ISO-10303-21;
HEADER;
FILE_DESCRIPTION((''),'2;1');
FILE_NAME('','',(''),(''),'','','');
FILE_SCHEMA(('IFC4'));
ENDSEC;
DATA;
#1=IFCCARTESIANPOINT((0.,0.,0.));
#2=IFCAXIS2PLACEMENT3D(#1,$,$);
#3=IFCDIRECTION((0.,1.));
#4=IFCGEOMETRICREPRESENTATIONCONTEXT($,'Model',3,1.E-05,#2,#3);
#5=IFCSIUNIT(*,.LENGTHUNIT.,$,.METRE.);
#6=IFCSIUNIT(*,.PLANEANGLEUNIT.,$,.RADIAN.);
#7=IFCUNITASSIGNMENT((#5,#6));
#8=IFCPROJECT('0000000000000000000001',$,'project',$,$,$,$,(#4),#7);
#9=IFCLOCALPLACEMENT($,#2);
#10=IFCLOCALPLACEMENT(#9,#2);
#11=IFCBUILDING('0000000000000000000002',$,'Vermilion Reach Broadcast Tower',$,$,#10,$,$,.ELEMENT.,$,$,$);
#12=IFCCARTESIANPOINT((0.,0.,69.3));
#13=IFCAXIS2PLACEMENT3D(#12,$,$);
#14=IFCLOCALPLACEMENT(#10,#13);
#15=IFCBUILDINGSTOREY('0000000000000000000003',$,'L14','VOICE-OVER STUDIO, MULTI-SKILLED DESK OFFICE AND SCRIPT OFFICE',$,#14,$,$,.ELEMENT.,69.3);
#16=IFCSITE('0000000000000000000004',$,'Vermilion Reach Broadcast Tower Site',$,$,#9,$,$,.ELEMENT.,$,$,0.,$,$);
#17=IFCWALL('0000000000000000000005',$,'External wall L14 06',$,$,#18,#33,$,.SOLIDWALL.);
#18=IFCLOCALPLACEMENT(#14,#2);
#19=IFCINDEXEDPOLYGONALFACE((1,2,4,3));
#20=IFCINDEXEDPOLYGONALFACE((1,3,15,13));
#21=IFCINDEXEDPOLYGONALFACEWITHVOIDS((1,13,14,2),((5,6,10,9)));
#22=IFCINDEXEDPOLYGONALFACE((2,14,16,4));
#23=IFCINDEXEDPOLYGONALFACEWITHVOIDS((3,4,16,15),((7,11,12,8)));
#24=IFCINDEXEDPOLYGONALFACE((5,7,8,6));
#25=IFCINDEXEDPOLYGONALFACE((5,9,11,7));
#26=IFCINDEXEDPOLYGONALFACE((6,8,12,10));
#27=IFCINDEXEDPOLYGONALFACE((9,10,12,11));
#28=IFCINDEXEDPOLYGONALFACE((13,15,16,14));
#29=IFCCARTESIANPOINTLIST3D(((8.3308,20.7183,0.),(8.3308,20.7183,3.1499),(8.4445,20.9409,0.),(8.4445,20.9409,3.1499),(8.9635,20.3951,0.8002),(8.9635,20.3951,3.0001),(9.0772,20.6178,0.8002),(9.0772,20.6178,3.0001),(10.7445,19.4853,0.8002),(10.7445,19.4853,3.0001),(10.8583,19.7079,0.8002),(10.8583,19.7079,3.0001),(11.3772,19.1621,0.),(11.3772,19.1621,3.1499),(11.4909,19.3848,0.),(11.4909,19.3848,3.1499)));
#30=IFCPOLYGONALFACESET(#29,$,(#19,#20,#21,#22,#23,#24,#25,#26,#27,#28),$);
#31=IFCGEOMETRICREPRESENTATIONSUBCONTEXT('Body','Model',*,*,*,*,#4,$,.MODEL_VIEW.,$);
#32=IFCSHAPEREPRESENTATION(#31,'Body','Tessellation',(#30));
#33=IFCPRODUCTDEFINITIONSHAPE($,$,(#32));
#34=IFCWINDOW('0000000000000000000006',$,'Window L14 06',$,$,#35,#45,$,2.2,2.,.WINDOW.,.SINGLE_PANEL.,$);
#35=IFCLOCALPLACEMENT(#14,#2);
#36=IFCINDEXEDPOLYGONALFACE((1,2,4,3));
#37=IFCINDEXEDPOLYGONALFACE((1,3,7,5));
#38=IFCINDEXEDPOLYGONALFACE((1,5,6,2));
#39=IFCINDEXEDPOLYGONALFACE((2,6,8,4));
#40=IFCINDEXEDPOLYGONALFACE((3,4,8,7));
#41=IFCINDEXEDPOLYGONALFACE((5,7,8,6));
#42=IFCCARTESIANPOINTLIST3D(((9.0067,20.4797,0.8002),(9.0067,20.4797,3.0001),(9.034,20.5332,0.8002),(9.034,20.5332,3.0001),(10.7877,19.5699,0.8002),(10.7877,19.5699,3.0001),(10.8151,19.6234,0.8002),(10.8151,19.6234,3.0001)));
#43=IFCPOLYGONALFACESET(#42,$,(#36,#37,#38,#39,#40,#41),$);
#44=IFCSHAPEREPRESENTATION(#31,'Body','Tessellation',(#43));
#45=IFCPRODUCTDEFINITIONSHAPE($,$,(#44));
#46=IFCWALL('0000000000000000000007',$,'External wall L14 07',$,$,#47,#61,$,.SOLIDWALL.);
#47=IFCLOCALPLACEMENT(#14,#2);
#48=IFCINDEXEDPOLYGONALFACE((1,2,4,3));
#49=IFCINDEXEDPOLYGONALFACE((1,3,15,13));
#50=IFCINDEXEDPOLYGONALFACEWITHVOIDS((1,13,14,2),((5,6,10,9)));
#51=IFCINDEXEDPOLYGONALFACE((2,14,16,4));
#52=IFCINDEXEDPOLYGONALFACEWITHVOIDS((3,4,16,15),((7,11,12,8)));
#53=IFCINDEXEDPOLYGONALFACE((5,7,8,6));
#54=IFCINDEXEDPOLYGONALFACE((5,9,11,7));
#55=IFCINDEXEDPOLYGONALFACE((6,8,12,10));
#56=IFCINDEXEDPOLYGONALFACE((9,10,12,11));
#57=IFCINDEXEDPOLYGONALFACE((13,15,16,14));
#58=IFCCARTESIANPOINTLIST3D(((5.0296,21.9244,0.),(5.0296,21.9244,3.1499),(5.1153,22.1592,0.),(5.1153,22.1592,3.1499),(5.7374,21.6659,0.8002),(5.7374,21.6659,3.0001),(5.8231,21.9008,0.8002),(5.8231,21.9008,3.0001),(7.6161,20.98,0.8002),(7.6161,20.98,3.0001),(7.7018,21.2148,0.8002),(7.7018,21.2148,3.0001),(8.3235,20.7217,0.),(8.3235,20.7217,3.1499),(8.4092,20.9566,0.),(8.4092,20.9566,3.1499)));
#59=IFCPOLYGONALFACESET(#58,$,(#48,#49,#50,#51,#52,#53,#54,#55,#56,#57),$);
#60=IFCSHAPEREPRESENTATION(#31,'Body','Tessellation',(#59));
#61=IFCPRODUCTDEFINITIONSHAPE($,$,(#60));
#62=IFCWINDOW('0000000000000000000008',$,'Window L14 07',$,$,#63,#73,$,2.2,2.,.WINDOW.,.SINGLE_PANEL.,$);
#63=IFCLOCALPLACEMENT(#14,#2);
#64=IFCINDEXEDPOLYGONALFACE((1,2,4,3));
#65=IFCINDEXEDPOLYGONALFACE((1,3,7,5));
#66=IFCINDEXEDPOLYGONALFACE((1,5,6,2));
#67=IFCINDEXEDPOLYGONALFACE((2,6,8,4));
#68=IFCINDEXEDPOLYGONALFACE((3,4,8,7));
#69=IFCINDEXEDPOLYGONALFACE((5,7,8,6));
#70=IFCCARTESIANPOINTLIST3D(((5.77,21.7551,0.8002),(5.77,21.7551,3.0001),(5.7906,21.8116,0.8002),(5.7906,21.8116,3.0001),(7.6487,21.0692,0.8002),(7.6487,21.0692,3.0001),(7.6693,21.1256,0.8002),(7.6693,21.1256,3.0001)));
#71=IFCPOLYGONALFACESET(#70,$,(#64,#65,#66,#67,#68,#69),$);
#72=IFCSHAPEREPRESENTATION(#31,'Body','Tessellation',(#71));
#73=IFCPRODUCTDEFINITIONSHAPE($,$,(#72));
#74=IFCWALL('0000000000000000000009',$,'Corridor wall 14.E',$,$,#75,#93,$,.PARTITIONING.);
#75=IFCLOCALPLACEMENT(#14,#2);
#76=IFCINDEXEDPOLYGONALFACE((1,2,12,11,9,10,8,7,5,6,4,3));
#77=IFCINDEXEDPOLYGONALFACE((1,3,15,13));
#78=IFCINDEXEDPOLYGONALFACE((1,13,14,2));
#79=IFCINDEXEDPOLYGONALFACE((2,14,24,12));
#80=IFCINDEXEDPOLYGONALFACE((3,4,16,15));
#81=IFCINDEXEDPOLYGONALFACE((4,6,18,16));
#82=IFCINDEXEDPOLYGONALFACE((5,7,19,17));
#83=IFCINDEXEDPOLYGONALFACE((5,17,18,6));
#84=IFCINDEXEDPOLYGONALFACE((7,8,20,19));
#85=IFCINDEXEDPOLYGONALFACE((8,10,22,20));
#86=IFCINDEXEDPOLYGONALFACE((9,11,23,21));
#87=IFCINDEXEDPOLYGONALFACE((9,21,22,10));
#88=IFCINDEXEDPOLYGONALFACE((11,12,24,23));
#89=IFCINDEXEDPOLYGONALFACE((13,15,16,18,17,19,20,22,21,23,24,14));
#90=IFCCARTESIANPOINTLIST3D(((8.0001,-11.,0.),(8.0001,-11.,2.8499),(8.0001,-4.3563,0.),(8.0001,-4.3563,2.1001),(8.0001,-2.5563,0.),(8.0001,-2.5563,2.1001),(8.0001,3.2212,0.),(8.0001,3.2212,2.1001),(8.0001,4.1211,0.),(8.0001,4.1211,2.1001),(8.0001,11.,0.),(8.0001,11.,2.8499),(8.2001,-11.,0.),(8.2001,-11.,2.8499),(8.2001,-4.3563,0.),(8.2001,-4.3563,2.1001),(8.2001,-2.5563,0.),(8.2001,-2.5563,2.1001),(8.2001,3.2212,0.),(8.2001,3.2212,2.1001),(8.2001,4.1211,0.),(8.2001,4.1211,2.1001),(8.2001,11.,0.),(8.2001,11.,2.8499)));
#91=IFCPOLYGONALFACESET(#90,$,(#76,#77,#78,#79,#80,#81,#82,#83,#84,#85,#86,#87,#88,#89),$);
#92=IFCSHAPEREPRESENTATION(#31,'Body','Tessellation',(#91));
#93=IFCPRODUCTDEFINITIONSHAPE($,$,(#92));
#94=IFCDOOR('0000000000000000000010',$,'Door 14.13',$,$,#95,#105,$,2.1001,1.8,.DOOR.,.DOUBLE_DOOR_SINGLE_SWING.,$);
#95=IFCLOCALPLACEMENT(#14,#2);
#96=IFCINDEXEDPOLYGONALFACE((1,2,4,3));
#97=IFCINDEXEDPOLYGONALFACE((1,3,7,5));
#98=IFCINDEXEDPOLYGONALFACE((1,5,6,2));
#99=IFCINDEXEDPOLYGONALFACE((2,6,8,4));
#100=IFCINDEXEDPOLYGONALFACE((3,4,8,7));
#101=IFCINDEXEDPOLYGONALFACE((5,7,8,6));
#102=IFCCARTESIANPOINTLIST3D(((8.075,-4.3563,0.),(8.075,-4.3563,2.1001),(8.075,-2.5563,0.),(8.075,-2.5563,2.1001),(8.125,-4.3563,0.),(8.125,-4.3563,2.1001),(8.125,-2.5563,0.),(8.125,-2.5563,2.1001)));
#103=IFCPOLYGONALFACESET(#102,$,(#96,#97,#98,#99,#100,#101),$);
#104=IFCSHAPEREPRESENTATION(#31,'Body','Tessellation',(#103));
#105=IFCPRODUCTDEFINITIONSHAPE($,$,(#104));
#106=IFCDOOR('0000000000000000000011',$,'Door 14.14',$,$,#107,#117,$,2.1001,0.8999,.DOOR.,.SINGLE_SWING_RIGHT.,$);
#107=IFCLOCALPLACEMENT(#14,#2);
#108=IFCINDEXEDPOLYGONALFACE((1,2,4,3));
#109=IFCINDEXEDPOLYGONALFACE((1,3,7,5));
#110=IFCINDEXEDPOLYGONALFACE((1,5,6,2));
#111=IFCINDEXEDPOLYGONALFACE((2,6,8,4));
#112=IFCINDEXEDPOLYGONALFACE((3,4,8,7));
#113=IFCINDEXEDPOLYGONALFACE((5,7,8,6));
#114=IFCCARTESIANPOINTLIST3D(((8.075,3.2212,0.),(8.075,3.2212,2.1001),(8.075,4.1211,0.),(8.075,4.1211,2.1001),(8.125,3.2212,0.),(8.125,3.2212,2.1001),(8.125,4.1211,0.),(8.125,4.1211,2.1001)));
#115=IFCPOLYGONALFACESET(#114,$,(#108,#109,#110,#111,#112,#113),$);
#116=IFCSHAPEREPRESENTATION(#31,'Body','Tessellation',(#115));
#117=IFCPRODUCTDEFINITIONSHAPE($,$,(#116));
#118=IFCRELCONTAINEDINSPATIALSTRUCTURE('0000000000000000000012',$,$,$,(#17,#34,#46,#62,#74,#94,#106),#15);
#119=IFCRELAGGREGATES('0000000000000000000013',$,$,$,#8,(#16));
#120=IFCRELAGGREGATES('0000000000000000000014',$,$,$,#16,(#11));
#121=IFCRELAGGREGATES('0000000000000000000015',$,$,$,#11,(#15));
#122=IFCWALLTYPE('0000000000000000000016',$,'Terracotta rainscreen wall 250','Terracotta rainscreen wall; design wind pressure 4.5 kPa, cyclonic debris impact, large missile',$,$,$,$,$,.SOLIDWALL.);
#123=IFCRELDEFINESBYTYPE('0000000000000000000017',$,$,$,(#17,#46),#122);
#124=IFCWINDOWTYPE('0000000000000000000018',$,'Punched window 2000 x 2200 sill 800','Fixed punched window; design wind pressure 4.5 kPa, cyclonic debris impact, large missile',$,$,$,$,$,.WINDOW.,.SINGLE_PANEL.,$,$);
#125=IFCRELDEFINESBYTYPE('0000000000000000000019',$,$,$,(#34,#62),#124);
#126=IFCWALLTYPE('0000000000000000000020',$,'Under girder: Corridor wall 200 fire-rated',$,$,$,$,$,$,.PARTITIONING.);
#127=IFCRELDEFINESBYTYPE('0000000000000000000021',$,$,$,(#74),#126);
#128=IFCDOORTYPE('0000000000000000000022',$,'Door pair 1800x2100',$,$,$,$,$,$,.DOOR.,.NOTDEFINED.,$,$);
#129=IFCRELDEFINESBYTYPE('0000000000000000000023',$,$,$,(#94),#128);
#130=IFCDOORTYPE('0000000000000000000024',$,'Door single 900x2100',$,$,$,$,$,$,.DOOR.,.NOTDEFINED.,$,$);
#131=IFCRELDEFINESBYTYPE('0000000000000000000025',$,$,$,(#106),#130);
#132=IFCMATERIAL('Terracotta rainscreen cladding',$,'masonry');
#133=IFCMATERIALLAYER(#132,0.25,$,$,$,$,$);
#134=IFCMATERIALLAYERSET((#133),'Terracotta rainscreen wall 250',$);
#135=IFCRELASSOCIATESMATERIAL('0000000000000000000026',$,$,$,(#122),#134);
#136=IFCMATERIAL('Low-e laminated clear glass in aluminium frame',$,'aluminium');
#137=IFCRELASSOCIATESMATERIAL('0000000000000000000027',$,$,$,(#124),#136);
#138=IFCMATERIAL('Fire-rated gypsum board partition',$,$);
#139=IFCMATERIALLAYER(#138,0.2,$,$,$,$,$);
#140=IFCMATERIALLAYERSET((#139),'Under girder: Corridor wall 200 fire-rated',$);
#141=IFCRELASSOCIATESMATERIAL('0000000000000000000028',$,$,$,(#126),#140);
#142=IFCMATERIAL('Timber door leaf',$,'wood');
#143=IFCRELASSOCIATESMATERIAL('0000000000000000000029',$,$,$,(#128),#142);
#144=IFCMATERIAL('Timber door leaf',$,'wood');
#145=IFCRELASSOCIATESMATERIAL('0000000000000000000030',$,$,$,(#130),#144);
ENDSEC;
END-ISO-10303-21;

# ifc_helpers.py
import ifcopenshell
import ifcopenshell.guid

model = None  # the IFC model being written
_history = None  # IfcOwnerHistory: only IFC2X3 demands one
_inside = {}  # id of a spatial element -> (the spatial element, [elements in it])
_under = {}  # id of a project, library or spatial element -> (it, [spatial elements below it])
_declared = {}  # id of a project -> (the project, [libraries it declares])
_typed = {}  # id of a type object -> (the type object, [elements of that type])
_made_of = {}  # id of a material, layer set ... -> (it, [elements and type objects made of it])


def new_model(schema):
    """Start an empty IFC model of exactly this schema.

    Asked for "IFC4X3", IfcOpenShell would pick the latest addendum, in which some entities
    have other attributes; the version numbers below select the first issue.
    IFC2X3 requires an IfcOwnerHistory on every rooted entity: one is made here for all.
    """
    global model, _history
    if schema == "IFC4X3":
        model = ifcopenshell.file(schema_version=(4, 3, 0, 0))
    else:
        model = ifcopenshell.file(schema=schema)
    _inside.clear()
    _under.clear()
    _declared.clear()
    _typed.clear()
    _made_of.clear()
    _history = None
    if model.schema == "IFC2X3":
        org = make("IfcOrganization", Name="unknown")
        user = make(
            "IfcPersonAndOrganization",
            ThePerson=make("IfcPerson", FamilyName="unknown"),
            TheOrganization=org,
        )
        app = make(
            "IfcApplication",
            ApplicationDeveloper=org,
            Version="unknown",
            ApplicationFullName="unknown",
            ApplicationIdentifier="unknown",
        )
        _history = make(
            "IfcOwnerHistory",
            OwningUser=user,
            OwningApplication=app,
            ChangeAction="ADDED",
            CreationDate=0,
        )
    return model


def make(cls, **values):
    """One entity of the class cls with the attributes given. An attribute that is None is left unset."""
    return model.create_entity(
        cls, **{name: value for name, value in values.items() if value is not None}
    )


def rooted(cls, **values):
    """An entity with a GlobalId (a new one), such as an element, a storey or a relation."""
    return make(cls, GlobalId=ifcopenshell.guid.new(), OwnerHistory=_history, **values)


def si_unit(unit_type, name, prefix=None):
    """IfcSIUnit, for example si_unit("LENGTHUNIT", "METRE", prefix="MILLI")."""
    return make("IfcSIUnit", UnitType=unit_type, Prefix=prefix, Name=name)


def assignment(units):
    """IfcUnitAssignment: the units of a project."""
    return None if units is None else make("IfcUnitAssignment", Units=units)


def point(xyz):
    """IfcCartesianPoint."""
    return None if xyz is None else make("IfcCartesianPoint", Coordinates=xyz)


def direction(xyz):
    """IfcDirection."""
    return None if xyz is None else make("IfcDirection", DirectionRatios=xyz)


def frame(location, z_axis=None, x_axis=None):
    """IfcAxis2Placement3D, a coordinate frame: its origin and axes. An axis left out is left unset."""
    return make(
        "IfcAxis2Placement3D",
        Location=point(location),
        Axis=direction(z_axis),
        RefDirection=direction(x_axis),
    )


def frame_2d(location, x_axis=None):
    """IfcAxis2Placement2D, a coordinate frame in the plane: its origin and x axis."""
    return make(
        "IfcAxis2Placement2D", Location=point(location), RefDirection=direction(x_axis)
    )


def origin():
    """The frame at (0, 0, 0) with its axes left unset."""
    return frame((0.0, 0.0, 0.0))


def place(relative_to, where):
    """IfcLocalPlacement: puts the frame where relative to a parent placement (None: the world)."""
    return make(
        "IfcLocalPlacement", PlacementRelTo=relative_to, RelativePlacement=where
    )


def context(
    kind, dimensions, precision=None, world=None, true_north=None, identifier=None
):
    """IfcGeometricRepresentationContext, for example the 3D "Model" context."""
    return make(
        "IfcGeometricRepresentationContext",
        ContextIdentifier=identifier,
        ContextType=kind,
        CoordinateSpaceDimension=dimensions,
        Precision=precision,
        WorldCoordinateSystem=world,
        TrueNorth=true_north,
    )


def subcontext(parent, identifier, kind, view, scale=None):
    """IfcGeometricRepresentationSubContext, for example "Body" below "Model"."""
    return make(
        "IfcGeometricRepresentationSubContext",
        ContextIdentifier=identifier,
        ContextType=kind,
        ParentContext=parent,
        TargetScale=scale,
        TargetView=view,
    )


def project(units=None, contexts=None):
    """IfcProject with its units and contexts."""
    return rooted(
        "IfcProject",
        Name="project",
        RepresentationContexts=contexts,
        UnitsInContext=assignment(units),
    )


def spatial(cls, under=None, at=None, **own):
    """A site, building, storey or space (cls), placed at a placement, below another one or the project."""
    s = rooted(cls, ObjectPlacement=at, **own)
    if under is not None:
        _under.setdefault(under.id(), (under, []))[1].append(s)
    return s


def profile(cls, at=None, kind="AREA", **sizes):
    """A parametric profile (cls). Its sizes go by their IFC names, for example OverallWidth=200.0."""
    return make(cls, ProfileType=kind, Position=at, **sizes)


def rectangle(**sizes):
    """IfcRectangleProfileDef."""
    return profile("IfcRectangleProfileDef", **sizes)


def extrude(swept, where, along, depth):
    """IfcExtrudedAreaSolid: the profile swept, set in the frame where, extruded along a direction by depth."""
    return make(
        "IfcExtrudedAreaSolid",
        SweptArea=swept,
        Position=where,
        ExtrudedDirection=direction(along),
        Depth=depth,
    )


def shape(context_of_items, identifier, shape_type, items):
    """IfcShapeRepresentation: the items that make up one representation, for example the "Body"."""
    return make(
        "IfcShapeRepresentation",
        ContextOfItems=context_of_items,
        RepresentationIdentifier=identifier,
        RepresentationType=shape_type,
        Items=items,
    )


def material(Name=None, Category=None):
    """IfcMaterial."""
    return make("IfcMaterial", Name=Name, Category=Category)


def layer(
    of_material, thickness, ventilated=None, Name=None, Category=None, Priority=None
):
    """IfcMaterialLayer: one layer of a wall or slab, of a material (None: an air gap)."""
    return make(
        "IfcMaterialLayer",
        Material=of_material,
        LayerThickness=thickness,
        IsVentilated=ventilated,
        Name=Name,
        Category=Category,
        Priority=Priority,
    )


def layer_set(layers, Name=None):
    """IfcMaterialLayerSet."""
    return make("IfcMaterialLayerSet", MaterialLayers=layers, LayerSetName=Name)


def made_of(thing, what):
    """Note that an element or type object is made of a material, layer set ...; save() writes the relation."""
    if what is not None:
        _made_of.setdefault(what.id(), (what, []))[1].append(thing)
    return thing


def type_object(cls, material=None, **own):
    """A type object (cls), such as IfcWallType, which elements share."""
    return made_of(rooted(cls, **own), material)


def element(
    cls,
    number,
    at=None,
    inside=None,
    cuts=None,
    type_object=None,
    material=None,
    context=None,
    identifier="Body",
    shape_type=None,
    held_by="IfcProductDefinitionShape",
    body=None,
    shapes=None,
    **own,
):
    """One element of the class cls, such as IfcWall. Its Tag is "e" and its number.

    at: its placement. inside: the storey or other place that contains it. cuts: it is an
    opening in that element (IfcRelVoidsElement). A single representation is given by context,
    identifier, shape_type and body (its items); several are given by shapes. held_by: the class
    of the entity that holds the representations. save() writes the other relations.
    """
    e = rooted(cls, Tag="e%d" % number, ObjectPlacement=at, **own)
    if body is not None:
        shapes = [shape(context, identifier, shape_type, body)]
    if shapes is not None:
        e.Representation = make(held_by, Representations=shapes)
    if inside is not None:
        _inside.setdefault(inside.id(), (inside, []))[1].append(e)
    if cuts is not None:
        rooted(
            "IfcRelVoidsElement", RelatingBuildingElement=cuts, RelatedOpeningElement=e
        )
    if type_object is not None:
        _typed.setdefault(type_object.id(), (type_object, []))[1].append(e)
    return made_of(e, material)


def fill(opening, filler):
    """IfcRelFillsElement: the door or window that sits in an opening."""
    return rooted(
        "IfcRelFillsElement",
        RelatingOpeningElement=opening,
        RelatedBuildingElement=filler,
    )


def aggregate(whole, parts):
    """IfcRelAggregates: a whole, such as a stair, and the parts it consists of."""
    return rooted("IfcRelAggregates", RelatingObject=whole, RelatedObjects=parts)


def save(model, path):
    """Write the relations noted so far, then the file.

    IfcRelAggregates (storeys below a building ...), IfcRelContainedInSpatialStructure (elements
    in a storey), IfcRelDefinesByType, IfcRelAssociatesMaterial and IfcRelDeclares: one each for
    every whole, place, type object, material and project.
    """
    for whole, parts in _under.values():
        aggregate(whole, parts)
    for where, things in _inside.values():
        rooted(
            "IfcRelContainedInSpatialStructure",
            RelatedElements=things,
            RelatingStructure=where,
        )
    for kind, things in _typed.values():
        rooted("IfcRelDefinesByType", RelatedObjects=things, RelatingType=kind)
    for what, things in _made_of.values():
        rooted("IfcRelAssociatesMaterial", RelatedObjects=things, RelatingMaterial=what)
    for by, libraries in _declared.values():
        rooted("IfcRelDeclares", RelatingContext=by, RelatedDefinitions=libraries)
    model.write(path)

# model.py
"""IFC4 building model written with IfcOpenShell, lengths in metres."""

from ifc_helpers import new_model, si_unit, direction, frame, frame_2d, origin, place, context, subcontext, project, spatial, rectangle, extrude, material, layer, layer_set, type_object, element, fill, save


model = new_model("IFC4")

# Units and contexts
model_context = context("Model", 3, precision=1e-05, world=origin(), true_north=direction((0.0, 1.0)))
body_context = subcontext(model_context, "Body", "Model", "MODEL_VIEW")
ifc_project = project(units=[si_unit("LENGTHUNIT", "METRE"), si_unit("PLANEANGLEUNIT", "RADIAN")], contexts=[model_context])

# Site, building, storey
site_placement = place(None, origin())
site = spatial("IfcSite", under=ifc_project, at=site_placement, Name="Vermilion Reach Broadcast Tower Site", CompositionType="ELEMENT", RefElevation=0.0)
building_placement = place(site_placement, origin())
building = spatial("IfcBuilding", under=site, at=building_placement, Name="Vermilion Reach Broadcast Tower", CompositionType="ELEMENT")
storey_placement = place(building_placement, frame((0.0, 0.0, 69.3)))
storey = spatial("IfcBuildingStorey", under=building, at=storey_placement, Name="L14", Description="VOICE-OVER STUDIO, MULTI-SKILLED DESK OFFICE AND SCRIPT OFFICE", CompositionType="ELEMENT", Elevation=69.3)

# Shared definitions
ifc_material_1 = material(Name="Terracotta rainscreen cladding", Category="masonry")
ifc_layer_1 = layer(ifc_material_1, 0.25)
ifc_layer_set_1 = layer_set([ifc_layer_1], Name="Terracotta rainscreen wall 250")
wall_type_1 = type_object("IfcWallType", Name="Terracotta rainscreen wall 250", Description="Terracotta rainscreen wall; design wind pressure 4.5 kPa, cyclonic debris impact, large missile", PredefinedType="SOLIDWALL", material=ifc_layer_set_1)

# Shared definitions
ifc_material_2 = material(Name="Low-e laminated clear glass in aluminium frame", Category="aluminium")
window_type = type_object("IfcWindowType", Name="Punched window 2000 x 2200 sill 800", Description="Fixed punched window; design wind pressure 4.5 kPa, cyclonic debris impact, large missile", PartitioningType="SINGLE_PANEL", PredefinedType="WINDOW", material=ifc_material_2)

# Walls, openings, windows
wall_1_placement = place(storey_placement, frame((11.4341, 19.2734, 0.0), z_axis=(0.0, 0.0, 1.0), x_axis=(-0.89054, 0.454905, 0.0)))
wall_1 = element("IfcWall", 1, at=wall_1_placement, inside=storey, type_object=wall_type_1, Name="External wall L14 06", PredefinedType="SOLIDWALL", context=body_context, shape_type="SweptSolid", body=[
    extrude(rectangle(XDim=3.4209, YDim=0.25, at=frame_2d((1.7104, 0.0))), origin(), (0.0, 0.0, 1.0), 3.1499),
])
opening_1_placement = place(wall_1_placement, frame((0.7104, 0.0, 0.8)))
opening_1 = element("IfcOpeningElement", 2, at=opening_1_placement, cuts=wall_1, PredefinedType="OPENING", context=body_context, shape_type="SweptSolid", body=[
    extrude(rectangle(XDim=2.0, YDim=2.2, at=frame_2d((1.0, 1.1001))), frame((0.0, 0.135, 0.0), z_axis=(0.0, -1.0, 0.0), x_axis=(1.0, 0.0, 0.0)), (0.0, 0.0, 1.0), 0.27),
])
window_1_placement = place(opening_1_placement, origin())
window_1 = element("IfcWindow", 3, at=window_1_placement, inside=storey, type_object=window_type, Name="Window L14 06", OverallHeight=2.2, OverallWidth=2.0, PartitioningType="SINGLE_PANEL", PredefinedType="WINDOW", context=body_context, shape_type="SweptSolid", body=[
    extrude(rectangle(XDim=2.0, YDim=2.2, at=frame_2d((1.0, 1.1001))), frame((0.0, 0.03, 0.0), z_axis=(0.0, -1.0, 0.0), x_axis=(1.0, 0.0, 0.0)), (0.0, 0.0, 1.0), 0.0601),
])
fill(opening_1, window_1)
wall_2_placement = place(storey_placement, frame((8.3665, 20.8391, 0.0), z_axis=(0.0, 0.0, 1.0), x_axis=(-0.939349, 0.342961, 0.0)))
wall_2 = element("IfcWall", 4, at=wall_2_placement, inside=storey, type_object=wall_type_1, Name="External wall L14 07", PredefinedType="SOLIDWALL", context=body_context, shape_type="SweptSolid", body=[
    extrude(rectangle(XDim=3.5066, YDim=0.25, at=frame_2d((1.7534, 0.0))), origin(), (0.0, 0.0, 1.0), 3.1499),
])
opening_2_placement = place(wall_2_placement, frame((0.7532, 0.0, 0.8)))
opening_2 = element("IfcOpeningElement", 5, at=opening_2_placement, cuts=wall_2, PredefinedType="OPENING", context=body_context, shape_type="SweptSolid", body=[
    extrude(rectangle(XDim=2.0, YDim=2.2, at=frame_2d((1.0, 1.1001))), frame((0.0, 0.135, 0.0), z_axis=(0.0, -1.0, 0.0), x_axis=(1.0, 0.0, 0.0)), (0.0, 0.0, 1.0), 0.27),
])
window_2_placement = place(opening_2_placement, origin())
window_2 = element("IfcWindow", 6, at=window_2_placement, inside=storey, type_object=window_type, Name="Window L14 07", OverallHeight=2.2, OverallWidth=2.0, PartitioningType="SINGLE_PANEL", PredefinedType="WINDOW", context=body_context, shape_type="SweptSolid", body=[
    extrude(rectangle(XDim=2.0, YDim=2.2, at=frame_2d((1.0, 1.1001))), frame((0.0, 0.03, 0.0), z_axis=(0.0, -1.0, 0.0), x_axis=(1.0, 0.0, 0.0)), (0.0, 0.0, 1.0), 0.0601),
])
fill(opening_2, window_2)

# Wall, openings, doors
ifc_material_3 = material(Name="Fire-rated gypsum board partition")
ifc_layer_2 = layer(ifc_material_3, 0.2)
ifc_layer_set_2 = layer_set([ifc_layer_2], Name="Under girder: Corridor wall 200 fire-rated")
wall_type_2 = type_object("IfcWallType", Name="Under girder: Corridor wall 200 fire-rated", PredefinedType="PARTITIONING", material=ifc_layer_set_2)
wall_3_placement = place(storey_placement, frame((8.1001, 11.0, 0.0), z_axis=(0.0, 0.0, 1.0), x_axis=(0.0, -1.0, 0.0)))
wall_3 = element("IfcWall", 7, at=wall_3_placement, inside=storey, type_object=wall_type_2, Name="Corridor wall 14.E", PredefinedType="PARTITIONING", context=body_context, shape_type="SweptSolid", body=[
    extrude(rectangle(XDim=22.0, YDim=0.2, at=frame_2d((11.0, 0.0))), origin(), (0.0, 0.0, 1.0), 2.8499),
])
opening_3_placement = place(wall_3_placement, frame((13.5564, 0.0, 0.0)))
opening_3 = element("IfcOpeningElement", 8, at=opening_3_placement, cuts=wall_3, PredefinedType="OPENING", context=body_context, shape_type="SweptSolid", body=[
    extrude(rectangle(XDim=1.8, YDim=2.1001, at=frame_2d((0.8999, 1.05))), frame((0.0, 0.1099, 0.0), z_axis=(0.0, -1.0, 0.0), x_axis=(1.0, 0.0, 0.0)), (0.0, 0.0, 1.0), 0.22),
])
opening_4_placement = place(wall_3_placement, frame((6.8789, 0.0, 0.0)))
opening_4 = element("IfcOpeningElement", 9, at=opening_4_placement, cuts=wall_3, PredefinedType="OPENING", context=body_context, shape_type="SweptSolid", body=[
    extrude(rectangle(XDim=0.8999, YDim=2.1001, at=frame_2d((0.45, 1.05))), frame((0.0, 0.1099, 0.0), z_axis=(0.0, -1.0, 0.0), x_axis=(1.0, 0.0, 0.0)), (0.0, 0.0, 1.0), 0.22),
])
ifc_material_4 = material(Name="Timber door leaf", Category="wood")
door_type_1 = type_object("IfcDoorType", Name="Door pair 1800x2100", OperationType="NOTDEFINED", PredefinedType="DOOR", material=ifc_material_4)
door_1_placement = place(opening_3_placement, origin())
door_1 = element("IfcDoor", 10, at=door_1_placement, inside=storey, type_object=door_type_1, Name="Door 14.13", OperationType="DOUBLE_DOOR_SINGLE_SWING", OverallHeight=2.1001, OverallWidth=1.8, PredefinedType="DOOR", context=body_context, shape_type="SweptSolid", body=[
    extrude(rectangle(XDim=1.8, YDim=2.1001, at=frame_2d((0.8999, 1.05))), frame((0.0, 0.0249, 0.0), z_axis=(0.0, -1.0, 0.0), x_axis=(1.0, 0.0, 0.0)), (0.0, 0.0, 1.0), 0.05),
])
fill(opening_3, door_1)
ifc_material_5 = material(Name="Timber door leaf", Category="wood")
door_type_2 = type_object("IfcDoorType", Name="Door single 900x2100", OperationType="NOTDEFINED", PredefinedType="DOOR", material=ifc_material_5)
door_2_placement = place(opening_4_placement, origin())
door_2 = element("IfcDoor", 11, at=door_2_placement, inside=storey, type_object=door_type_2, Name="Door 14.14", OperationType="SINGLE_SWING_RIGHT", OverallHeight=2.1001, OverallWidth=0.8999, PredefinedType="DOOR", context=body_context, shape_type="SweptSolid", body=[
    extrude(rectangle(XDim=0.8999, YDim=2.1001, at=frame_2d((0.45, 1.05))), frame((0.0, 0.0249, 0.0), z_axis=(0.0, -1.0, 0.0), x_axis=(1.0, 0.0, 0.0)), (0.0, 0.0, 1.0), 0.05),
])
fill(opening_4, door_2)

save(model, "model.ifc")
